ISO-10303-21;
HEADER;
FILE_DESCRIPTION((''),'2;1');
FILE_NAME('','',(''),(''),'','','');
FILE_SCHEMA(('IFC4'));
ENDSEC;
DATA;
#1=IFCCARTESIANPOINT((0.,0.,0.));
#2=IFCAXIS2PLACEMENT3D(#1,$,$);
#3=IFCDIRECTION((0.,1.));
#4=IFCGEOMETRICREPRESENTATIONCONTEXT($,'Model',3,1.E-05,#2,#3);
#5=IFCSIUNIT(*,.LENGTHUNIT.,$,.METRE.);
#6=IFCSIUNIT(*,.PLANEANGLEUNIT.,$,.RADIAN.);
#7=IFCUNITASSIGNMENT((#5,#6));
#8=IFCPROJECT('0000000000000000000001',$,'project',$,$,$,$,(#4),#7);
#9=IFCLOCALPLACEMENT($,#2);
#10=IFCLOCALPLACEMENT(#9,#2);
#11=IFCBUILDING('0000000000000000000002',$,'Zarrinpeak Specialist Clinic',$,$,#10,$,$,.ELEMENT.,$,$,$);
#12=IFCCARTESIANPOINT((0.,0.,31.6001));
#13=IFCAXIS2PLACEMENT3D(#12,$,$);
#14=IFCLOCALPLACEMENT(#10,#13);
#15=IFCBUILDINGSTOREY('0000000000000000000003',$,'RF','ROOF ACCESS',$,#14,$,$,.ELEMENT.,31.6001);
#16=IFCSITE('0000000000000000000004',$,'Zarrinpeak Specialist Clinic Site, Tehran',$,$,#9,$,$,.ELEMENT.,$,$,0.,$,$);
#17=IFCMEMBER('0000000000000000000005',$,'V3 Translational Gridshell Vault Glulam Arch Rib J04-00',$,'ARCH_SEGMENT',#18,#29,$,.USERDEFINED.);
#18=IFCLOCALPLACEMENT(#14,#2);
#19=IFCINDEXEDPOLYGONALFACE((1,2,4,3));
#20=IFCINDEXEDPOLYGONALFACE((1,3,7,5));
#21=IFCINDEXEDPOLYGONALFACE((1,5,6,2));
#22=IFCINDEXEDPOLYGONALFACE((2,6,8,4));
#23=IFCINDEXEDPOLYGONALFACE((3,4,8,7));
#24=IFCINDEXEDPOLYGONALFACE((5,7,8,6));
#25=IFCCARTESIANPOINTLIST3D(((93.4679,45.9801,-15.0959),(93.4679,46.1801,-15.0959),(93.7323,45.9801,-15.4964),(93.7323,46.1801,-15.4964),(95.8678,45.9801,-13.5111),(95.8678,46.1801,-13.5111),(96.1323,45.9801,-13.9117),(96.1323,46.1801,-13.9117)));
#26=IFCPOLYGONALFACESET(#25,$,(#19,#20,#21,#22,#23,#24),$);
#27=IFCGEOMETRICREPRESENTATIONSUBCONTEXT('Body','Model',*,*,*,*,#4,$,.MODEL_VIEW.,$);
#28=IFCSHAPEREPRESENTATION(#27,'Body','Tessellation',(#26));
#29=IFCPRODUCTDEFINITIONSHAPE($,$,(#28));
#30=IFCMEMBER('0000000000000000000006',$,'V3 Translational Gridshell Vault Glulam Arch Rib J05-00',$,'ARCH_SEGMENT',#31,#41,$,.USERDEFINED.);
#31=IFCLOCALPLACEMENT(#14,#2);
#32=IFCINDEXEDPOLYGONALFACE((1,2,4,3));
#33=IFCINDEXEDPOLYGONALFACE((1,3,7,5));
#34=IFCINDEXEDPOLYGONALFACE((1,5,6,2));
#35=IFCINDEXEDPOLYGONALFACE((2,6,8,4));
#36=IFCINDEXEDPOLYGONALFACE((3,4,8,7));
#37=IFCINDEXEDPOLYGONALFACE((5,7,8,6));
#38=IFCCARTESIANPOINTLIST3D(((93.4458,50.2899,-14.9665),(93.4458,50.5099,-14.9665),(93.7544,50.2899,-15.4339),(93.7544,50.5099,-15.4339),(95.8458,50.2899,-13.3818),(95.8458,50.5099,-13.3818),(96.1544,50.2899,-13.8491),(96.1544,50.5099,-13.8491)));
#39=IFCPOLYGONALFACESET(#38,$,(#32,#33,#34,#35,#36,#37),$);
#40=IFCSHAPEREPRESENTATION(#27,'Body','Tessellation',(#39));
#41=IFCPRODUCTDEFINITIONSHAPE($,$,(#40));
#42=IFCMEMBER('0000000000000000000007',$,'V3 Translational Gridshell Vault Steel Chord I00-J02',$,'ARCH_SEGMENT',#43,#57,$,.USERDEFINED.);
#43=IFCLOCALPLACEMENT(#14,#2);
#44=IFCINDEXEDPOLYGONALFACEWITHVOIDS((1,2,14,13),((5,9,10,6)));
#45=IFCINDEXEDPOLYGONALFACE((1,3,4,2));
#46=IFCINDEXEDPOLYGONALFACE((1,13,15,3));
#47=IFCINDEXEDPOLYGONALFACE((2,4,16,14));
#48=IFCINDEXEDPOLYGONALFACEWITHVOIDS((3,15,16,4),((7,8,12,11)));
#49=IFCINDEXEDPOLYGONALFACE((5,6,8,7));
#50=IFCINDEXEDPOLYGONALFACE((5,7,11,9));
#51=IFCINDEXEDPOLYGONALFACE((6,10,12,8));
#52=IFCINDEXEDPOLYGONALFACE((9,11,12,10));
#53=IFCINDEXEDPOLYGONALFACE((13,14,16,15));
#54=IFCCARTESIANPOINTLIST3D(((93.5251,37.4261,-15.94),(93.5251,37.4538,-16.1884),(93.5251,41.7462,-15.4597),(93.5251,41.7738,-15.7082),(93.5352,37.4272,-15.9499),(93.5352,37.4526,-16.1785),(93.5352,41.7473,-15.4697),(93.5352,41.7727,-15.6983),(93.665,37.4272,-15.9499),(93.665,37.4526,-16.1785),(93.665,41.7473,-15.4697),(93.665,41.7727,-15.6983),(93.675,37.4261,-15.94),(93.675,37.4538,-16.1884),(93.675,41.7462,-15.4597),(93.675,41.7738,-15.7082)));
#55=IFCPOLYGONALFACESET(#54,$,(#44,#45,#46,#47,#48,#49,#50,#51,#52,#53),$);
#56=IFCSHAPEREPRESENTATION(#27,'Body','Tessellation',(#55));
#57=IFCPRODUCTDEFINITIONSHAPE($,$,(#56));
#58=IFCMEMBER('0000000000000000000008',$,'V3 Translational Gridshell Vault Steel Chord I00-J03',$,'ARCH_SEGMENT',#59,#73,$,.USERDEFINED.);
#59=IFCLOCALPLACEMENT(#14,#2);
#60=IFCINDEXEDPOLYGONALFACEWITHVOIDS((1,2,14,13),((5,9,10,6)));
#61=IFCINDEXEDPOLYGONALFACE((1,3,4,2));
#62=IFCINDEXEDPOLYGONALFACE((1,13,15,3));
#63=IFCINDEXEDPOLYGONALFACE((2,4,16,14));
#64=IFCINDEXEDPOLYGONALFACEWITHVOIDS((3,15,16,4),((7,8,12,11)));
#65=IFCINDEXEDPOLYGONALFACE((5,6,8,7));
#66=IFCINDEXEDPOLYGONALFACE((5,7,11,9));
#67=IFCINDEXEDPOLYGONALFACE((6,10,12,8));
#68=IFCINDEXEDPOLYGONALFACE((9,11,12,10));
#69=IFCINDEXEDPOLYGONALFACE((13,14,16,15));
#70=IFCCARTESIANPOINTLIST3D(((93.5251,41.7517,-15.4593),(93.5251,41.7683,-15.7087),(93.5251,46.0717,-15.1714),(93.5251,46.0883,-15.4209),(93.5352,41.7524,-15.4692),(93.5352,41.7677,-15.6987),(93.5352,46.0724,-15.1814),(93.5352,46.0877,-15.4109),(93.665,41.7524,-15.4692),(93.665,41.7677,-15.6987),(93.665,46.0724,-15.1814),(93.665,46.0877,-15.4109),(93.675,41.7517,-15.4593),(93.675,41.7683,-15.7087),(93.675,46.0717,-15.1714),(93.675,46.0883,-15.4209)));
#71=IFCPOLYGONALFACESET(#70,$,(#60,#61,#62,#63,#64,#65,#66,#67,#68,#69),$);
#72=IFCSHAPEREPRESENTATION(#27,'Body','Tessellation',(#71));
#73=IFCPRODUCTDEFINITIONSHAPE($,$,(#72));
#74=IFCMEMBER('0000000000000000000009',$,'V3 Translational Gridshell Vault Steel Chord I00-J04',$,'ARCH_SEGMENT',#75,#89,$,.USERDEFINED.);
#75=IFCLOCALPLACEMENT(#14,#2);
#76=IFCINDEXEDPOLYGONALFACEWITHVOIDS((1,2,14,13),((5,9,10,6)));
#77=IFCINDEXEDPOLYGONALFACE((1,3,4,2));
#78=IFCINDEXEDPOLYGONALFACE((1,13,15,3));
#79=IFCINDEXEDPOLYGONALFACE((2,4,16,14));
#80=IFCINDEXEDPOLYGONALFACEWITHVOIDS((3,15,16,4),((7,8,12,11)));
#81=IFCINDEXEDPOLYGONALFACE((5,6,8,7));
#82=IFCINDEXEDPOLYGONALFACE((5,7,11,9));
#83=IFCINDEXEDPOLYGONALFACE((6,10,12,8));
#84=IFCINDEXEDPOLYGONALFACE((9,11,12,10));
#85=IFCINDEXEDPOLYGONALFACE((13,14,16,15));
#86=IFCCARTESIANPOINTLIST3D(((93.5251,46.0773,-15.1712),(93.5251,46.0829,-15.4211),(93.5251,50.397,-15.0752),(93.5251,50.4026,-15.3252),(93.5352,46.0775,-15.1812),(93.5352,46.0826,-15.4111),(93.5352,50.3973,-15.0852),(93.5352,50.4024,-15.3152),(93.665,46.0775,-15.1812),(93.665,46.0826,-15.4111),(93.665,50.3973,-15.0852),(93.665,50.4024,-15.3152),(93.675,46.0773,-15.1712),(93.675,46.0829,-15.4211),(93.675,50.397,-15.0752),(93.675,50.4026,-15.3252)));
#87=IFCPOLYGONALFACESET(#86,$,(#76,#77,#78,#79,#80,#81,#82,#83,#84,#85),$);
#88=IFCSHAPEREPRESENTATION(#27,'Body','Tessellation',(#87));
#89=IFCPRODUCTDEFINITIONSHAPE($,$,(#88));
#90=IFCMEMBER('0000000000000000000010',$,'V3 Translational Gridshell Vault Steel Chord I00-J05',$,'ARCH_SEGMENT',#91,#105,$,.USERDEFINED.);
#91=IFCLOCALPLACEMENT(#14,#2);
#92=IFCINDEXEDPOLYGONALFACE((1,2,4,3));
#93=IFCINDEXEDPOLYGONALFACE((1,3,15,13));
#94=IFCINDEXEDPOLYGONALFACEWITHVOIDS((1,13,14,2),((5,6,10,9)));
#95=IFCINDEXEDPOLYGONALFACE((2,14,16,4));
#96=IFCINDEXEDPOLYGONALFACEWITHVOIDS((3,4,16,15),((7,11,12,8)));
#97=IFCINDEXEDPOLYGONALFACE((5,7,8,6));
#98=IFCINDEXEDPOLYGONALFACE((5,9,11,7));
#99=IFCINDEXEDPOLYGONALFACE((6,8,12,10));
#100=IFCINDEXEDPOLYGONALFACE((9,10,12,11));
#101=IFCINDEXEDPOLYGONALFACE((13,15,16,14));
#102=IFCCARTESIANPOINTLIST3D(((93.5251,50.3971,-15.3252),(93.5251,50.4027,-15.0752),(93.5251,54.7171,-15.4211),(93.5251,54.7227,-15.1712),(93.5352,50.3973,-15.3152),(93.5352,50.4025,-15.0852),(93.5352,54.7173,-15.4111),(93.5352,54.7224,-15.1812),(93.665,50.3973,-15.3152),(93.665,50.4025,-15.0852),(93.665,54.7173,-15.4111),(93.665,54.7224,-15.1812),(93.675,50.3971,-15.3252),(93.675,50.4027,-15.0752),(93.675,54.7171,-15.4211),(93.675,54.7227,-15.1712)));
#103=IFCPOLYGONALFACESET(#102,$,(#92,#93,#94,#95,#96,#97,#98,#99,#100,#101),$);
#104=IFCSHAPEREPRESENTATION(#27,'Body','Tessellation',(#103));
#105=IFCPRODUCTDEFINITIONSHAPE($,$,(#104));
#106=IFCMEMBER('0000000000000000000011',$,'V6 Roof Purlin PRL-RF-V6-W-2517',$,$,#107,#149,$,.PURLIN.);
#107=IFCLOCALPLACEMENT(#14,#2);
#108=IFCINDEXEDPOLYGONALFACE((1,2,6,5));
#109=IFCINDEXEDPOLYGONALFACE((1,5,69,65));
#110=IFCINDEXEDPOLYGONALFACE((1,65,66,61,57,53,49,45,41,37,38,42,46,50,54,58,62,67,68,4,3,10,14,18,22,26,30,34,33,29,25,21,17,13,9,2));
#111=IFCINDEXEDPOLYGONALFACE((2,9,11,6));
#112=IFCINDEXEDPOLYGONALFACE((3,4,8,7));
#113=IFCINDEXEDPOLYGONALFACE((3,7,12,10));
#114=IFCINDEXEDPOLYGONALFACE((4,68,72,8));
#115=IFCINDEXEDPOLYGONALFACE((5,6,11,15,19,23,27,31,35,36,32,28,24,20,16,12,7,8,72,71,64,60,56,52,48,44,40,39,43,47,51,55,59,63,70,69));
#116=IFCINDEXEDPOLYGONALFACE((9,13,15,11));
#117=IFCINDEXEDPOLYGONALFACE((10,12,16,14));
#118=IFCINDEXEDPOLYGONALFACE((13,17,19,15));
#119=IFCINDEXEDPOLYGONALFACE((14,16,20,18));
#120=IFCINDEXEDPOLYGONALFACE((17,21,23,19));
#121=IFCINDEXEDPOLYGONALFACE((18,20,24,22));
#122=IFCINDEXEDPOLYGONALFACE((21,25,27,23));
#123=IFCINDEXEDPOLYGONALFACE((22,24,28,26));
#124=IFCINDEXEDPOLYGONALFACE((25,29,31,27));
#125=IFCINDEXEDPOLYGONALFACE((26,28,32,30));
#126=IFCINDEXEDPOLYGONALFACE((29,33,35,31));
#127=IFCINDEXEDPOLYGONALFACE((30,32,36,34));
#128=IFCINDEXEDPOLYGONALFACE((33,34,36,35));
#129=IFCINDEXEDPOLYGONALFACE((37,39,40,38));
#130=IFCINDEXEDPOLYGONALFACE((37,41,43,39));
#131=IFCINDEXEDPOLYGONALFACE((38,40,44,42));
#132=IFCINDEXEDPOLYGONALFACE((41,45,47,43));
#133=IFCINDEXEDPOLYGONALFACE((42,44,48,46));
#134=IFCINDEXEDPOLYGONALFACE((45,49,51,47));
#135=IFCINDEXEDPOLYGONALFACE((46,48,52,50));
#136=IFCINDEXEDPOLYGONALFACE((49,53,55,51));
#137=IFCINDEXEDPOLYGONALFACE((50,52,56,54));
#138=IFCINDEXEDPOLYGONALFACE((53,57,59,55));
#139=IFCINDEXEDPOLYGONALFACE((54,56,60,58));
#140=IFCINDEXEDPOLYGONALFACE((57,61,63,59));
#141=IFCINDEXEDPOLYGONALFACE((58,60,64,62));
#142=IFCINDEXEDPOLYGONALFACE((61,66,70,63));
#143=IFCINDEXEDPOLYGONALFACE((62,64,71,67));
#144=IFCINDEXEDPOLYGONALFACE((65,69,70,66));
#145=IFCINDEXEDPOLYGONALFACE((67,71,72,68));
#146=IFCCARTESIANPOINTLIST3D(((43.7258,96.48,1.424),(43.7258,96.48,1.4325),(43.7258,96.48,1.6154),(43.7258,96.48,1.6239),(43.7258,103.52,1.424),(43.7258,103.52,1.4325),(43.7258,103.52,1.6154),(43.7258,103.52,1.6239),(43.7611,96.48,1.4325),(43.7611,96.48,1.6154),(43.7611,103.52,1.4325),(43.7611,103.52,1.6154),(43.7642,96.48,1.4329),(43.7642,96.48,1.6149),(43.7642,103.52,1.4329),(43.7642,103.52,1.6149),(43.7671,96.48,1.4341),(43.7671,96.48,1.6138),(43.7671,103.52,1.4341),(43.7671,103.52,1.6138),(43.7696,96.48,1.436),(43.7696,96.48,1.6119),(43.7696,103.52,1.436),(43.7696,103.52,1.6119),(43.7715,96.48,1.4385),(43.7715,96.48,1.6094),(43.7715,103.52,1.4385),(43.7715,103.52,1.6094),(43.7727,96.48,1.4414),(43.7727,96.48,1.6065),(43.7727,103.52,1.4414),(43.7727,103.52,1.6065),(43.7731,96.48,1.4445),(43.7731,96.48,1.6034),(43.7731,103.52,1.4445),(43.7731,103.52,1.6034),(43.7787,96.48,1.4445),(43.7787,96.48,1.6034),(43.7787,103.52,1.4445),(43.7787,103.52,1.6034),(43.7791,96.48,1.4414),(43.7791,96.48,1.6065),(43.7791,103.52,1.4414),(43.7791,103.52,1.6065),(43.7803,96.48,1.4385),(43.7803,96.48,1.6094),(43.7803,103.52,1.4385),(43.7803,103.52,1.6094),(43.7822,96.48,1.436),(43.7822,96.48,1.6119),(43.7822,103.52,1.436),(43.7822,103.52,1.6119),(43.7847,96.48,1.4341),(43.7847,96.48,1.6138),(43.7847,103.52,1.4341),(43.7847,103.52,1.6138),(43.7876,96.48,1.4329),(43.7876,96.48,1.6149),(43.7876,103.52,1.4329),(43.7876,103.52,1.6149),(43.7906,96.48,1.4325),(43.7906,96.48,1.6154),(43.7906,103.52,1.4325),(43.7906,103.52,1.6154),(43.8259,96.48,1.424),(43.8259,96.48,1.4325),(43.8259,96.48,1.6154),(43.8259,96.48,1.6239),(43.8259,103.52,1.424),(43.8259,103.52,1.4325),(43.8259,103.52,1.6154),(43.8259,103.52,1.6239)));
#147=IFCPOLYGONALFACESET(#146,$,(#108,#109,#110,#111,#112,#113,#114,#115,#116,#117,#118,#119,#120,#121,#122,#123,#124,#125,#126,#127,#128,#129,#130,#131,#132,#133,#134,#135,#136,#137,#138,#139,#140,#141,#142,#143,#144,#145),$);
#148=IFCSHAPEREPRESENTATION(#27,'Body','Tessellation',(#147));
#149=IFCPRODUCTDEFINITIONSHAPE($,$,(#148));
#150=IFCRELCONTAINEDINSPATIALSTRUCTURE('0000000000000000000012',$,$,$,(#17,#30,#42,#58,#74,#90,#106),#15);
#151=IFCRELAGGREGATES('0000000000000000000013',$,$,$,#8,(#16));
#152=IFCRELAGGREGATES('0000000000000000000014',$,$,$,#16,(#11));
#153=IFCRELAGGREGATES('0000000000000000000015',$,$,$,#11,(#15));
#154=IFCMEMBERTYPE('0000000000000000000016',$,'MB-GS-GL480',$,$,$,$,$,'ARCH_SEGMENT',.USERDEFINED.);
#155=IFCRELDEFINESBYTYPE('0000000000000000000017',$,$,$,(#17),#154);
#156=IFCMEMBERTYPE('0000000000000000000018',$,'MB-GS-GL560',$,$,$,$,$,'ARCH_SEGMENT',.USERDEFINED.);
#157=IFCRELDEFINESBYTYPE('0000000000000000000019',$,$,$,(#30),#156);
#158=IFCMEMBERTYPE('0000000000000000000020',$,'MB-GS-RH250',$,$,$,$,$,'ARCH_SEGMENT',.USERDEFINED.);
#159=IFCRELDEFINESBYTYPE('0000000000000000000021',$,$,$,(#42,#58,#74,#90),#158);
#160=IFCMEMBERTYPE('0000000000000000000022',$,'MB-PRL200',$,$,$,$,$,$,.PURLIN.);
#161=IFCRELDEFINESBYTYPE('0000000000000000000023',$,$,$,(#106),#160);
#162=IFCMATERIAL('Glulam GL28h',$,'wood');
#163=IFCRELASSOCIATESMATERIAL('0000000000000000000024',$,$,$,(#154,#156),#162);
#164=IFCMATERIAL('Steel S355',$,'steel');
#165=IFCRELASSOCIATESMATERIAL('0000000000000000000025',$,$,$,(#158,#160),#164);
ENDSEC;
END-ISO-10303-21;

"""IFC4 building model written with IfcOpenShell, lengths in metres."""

from ifc_helpers import new_model, si_unit, direction, frame, origin, origin_2d, place, context, subcontext, project, spatial, rectangle, hollow_rectangle, i_section, extrude, material, material_profile, profile_set, type_object, element, save


model = new_model("IFC4")

# Units and contexts
model_context = context("Model", 3, precision=1e-05, world=origin(), true_north=direction((0.0, 1.0)))
body_context = subcontext(model_context, "Body", "Model", "MODEL_VIEW")
ifc_project = project(units=[si_unit("LENGTHUNIT", "METRE"), si_unit("PLANEANGLEUNIT", "RADIAN")], contexts=[model_context])

# Site, building, storey
site_placement = place(None, origin())
site = spatial("IfcSite", under=ifc_project, at=site_placement, Name="Zarrinpeak Specialist Clinic Site, Tehran", CompositionType="ELEMENT", RefElevation=0.0)
building_placement = place(site_placement, origin())
building = spatial("IfcBuilding", under=site, at=building_placement, Name="Zarrinpeak Specialist Clinic", CompositionType="ELEMENT")
storey_placement = place(building_placement, frame((0.0, 0.0, 31.6001)))
storey = spatial("IfcBuildingStorey", under=building, at=storey_placement, Name="RF", Description="ROOF ACCESS", CompositionType="ELEMENT", Elevation=31.6001)

# Shared definitions
ifc_material_1 = material(Name="Steel S355", Category="steel")

# Members
ifc_material_2 = material(Name="Glulam GL28h", Category="wood")
ifc_material_profile_1 = material_profile(ifc_material_2, rectangle(XDim=0.2, YDim=0.48, at=origin_2d()), Name="GL28h 200x480")
ifc_profile_set_1 = profile_set([ifc_material_profile_1], Name="Glulam GL28h")
member_type_1 = type_object("IfcMemberType", Name="MB-GS-GL480", ElementType="ARCH_SEGMENT", PredefinedType="USERDEFINED", material=ifc_profile_set_1)
member_1_placement = place(storey_placement, frame((93.6001, 46.0801, -15.2961), z_axis=(0.834484, 0.0, 0.551031), x_axis=(0.0, 1.0, 0.0)))
element("IfcMember", 1, at=member_1_placement, inside=storey, type_object=member_type_1, Name="V3 Translational Gridshell Vault Glulam Arch Rib J04-00", ObjectType="ARCH_SEGMENT", PredefinedType="USERDEFINED", context=body_context, shape_type="SweptSolid", body=[
    extrude(rectangle(XDim=0.2, YDim=0.48, at=origin_2d()), origin(), (0.0, 0.0, 1.0), 2.876),
])
ifc_material_profile_2 = material_profile(ifc_material_2, rectangle(XDim=0.22, YDim=0.5601, at=origin_2d()), Name="GL28h 220x560")
ifc_profile_set_2 = profile_set([ifc_material_profile_2], Name="Glulam GL28h")
member_type_2 = type_object("IfcMemberType", Name="MB-GS-GL560", ElementType="ARCH_SEGMENT", PredefinedType="USERDEFINED", material=ifc_profile_set_2)
member_2_placement = place(storey_placement, frame((93.6001, 50.3999, -15.2002), z_axis=(0.834484, 0.0, 0.551031), x_axis=(0.0, 1.0, 0.0)))
element("IfcMember", 2, at=member_2_placement, inside=storey, type_object=member_type_2, Name="V3 Translational Gridshell Vault Glulam Arch Rib J05-00", ObjectType="ARCH_SEGMENT", PredefinedType="USERDEFINED", context=body_context, shape_type="SweptSolid", body=[
    extrude(rectangle(XDim=0.22, YDim=0.5601, at=origin_2d()), origin(), (0.0, 0.0, 1.0), 2.876),
])
ifc_material_profile_3 = material_profile(ifc_material_1, hollow_rectangle(XDim=0.1499, YDim=0.25, WallThickness=0.01, at=origin_2d()), Name="RHS 250x150x10.0")
ifc_profile_set_3 = profile_set([ifc_material_profile_3], Name="Steel S355")
member_type_3 = type_object("IfcMemberType", Name="MB-GS-RH250", ElementType="ARCH_SEGMENT", PredefinedType="USERDEFINED", material=ifc_profile_set_3)
member_3_placement = place(storey_placement, frame((93.6001, 37.4399, -16.0642), z_axis=(0.0, 0.993878, 0.110481), x_axis=(-1.0, 0.0, 0.0)))
element("IfcMember", 3, at=member_3_placement, inside=storey, type_object=member_type_3, Name="V3 Translational Gridshell Vault Steel Chord I00-J02", ObjectType="ARCH_SEGMENT", PredefinedType="USERDEFINED", context=body_context, shape_type="SweptSolid", body=[
    extrude(hollow_rectangle(XDim=0.1499, YDim=0.25, WallThickness=0.01, at=origin_2d()), origin(), (0.0, 0.0, 1.0), 4.3467),
])
member_4_placement = place(storey_placement, frame((93.6001, 41.76, -15.584), z_axis=(0.0, 0.997788, 0.066482), x_axis=(-1.0, 0.0, 0.0)))
element("IfcMember", 4, at=member_4_placement, inside=storey, type_object=member_type_3, Name="V3 Translational Gridshell Vault Steel Chord I00-J03", ObjectType="ARCH_SEGMENT", PredefinedType="USERDEFINED", context=body_context, shape_type="SweptSolid", body=[
    extrude(hollow_rectangle(XDim=0.1499, YDim=0.25, WallThickness=0.01, at=origin_2d()), origin(), (0.0, 0.0, 1.0), 4.3296),
])
member_5_placement = place(storey_placement, frame((93.6001, 46.0801, -15.2961), z_axis=(0.0, 0.999753, 0.022205), x_axis=(-1.0, 0.0, 0.0)))
element("IfcMember", 5, at=member_5_placement, inside=storey, type_object=member_type_3, Name="V3 Translational Gridshell Vault Steel Chord I00-J04", ObjectType="ARCH_SEGMENT", PredefinedType="USERDEFINED", context=body_context, shape_type="SweptSolid", body=[
    extrude(hollow_rectangle(XDim=0.1499, YDim=0.25, WallThickness=0.01, at=origin_2d()), origin(), (0.0, 0.0, 1.0), 4.3208),
])
member_6_placement = place(storey_placement, frame((93.6001, 50.3999, -15.2002), z_axis=(0.0, 0.999753, -0.022204), x_axis=(-1.0, 0.0, 0.0)))
element("IfcMember", 6, at=member_6_placement, inside=storey, type_object=member_type_3, Name="V3 Translational Gridshell Vault Steel Chord I00-J05", ObjectType="ARCH_SEGMENT", PredefinedType="USERDEFINED", context=body_context, shape_type="SweptSolid", body=[
    extrude(hollow_rectangle(XDim=0.1499, YDim=0.25, WallThickness=0.01, at=origin_2d()), origin(), (0.0, 0.0, 1.0), 4.321),
])
ifc_material_profile_4 = material_profile(ifc_material_1, i_section(OverallWidth=0.1001, OverallDepth=0.2, WebThickness=0.0056, FlangeThickness=0.0085, FilletRadius=0.012, at=origin_2d()), Name="IPE 200")
ifc_profile_set_4 = profile_set([ifc_material_profile_4], Name="Steel S355")
member_type_4 = type_object("IfcMemberType", Name="MB-PRL200", PredefinedType="PURLIN", material=ifc_profile_set_4)
member_7_placement = place(storey_placement, frame((43.7759, 96.48, 1.5239), z_axis=(0.0, 1.0, 0.0), x_axis=(-1.0, 0.0, 0.0)))
element("IfcMember", 7, at=member_7_placement, inside=storey, type_object=member_type_4, Name="V6 Roof Purlin PRL-RF-V6-W-2517", PredefinedType="PURLIN", context=body_context, shape_type="SweptSolid", body=[
    extrude(i_section(OverallWidth=0.1001, OverallDepth=0.2, WebThickness=0.0056, FlangeThickness=0.0085, FilletRadius=0.012, at=origin_2d()), origin(), (0.0, 0.0, 1.0), 7.04),
])

save(model, "model.ifc")
